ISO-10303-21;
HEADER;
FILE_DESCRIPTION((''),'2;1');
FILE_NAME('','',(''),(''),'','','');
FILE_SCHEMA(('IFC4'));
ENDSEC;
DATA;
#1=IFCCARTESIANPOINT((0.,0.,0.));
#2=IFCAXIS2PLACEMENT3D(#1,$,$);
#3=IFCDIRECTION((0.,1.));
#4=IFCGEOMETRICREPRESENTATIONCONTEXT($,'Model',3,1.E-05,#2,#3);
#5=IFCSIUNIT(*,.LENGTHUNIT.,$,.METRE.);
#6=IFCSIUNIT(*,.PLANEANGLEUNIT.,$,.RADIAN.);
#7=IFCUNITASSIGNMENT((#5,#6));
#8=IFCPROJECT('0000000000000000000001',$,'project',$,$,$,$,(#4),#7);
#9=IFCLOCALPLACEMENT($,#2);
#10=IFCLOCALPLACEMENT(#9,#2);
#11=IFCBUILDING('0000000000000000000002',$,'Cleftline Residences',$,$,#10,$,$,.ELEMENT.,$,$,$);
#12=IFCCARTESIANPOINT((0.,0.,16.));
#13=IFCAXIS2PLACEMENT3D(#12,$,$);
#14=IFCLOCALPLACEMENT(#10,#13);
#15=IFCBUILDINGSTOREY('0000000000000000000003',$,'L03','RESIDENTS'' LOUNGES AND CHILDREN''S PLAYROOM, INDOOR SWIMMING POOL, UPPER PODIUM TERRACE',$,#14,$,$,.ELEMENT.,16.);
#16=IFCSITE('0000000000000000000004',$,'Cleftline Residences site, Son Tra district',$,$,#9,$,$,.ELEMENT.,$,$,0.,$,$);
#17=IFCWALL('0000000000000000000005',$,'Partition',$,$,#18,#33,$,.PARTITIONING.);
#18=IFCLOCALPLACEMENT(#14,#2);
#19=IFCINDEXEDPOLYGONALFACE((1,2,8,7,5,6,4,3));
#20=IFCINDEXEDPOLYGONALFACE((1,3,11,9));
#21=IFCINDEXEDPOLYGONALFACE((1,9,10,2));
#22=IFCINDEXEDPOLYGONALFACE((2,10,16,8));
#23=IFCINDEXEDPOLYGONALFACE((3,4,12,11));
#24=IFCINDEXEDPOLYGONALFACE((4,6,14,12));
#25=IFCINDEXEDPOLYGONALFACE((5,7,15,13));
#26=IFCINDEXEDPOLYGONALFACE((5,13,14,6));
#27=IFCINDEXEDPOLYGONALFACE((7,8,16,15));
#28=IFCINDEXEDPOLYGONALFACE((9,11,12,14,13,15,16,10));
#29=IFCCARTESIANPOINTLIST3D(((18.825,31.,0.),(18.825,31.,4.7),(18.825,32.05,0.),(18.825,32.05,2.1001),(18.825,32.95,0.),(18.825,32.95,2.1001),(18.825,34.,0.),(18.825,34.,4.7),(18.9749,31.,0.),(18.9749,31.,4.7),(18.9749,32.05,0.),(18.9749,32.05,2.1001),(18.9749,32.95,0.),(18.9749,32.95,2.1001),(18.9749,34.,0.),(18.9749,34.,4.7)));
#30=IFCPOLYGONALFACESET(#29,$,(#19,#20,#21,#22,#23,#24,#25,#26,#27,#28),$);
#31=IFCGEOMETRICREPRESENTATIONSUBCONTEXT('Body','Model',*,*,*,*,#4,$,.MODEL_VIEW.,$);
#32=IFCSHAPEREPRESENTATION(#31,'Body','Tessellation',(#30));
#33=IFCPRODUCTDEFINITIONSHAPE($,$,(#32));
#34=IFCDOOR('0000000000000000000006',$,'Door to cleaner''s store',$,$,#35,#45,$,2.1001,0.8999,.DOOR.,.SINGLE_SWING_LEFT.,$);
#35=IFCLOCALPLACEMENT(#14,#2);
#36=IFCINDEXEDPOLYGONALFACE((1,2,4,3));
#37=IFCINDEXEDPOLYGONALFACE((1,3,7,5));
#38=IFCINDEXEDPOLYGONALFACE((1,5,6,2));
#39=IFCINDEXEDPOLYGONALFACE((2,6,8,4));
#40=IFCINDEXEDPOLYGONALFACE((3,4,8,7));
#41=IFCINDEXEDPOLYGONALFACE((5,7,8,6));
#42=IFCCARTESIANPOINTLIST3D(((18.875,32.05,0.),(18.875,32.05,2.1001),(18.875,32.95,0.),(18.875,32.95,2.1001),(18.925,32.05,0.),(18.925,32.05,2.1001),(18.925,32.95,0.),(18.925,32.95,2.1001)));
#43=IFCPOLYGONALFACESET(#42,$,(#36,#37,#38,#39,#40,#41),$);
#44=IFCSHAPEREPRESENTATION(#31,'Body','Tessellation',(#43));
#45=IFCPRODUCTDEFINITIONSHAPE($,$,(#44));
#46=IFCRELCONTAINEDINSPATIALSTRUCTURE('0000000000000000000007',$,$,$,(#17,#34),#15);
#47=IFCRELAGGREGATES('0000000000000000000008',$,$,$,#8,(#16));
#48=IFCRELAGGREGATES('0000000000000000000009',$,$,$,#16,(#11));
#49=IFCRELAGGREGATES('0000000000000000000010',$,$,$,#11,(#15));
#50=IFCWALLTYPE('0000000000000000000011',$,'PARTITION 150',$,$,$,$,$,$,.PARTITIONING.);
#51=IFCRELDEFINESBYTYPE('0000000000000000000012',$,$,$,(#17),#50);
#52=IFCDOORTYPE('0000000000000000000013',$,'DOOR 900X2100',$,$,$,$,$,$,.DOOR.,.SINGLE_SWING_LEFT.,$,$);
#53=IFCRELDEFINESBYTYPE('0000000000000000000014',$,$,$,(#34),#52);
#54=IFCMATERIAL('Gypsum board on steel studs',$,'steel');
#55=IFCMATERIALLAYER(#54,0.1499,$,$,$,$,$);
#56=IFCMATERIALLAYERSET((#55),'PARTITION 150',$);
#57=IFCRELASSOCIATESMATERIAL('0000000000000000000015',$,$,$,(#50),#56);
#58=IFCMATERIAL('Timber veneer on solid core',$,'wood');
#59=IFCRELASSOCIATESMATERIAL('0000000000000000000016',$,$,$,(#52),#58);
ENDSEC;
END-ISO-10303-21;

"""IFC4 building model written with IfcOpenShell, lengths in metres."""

from ifc_helpers import new_model, si_unit, direction, frame, frame_2d, origin, place, context, subcontext, project, spatial, rectangle, extrude, material, layer, layer_set, type_object, element, fill, save


model = new_model("IFC4")

# Units and contexts
model_context = context("Model", 3, precision=1e-05, world=origin(), true_north=direction((0.0, 1.0)))
body_context = subcontext(model_context, "Body", "Model", "MODEL_VIEW")
ifc_project = project(units=[si_unit("LENGTHUNIT", "METRE"), si_unit("PLANEANGLEUNIT", "RADIAN")], contexts=[model_context])

# Site, building, storey
site_placement = place(None, origin())
site = spatial("IfcSite", under=ifc_project, at=site_placement, Name="Cleftline Residences site, Son Tra district", CompositionType="ELEMENT", RefElevation=0.0)
building_placement = place(site_placement, origin())
building = spatial("IfcBuilding", under=site, at=building_placement, Name="Cleftline Residences", CompositionType="ELEMENT")
storey_placement = place(building_placement, frame((0.0, 0.0, 16.0)))
storey = spatial("IfcBuildingStorey", under=building, at=storey_placement, Name="L03", Description="RESIDENTS' LOUNGES AND CHILDREN'S PLAYROOM, INDOOR SWIMMING POOL, UPPER PODIUM TERRACE", CompositionType="ELEMENT", Elevation=16.0)

# Wall, opening, door
ifc_material_1 = material(Name="Gypsum board on steel studs", Category="steel")
ifc_layer_1 = layer(ifc_material_1, 0.1499)
ifc_layer_set_1 = layer_set([ifc_layer_1], Name="PARTITION 150")
wall_type_1 = type_object("IfcWallType", Name="PARTITION 150", PredefinedType="PARTITIONING", material=ifc_layer_set_1)
wall_1_placement = place(storey_placement, frame((18.8999, 31.0, 0.0), z_axis=(0.0, 0.0, 1.0), x_axis=(0.0, 1.0, 0.0)))
wall_1 = element("IfcWall", 1, at=wall_1_placement, inside=storey, type_object=wall_type_1, Name="Partition", PredefinedType="PARTITIONING", context=body_context, shape_type="SweptSolid", body=[
    extrude(rectangle(XDim=3.0, YDim=0.1499, at=frame_2d((1.5, 0.0))), origin(), (0.0, 0.0, 1.0), 4.7),
])
opening_placement = place(wall_1_placement, frame((1.05, 0.0, 0.0)))
opening = element("IfcOpeningElement", 2, at=opening_placement, cuts=wall_1, PredefinedType="OPENING", context=body_context, shape_type="SweptSolid", body=[
    extrude(rectangle(XDim=0.8999, YDim=2.1001, at=frame_2d((0.45, 1.05))), frame((0.0, 0.085, 0.0), z_axis=(0.0, -1.0, 0.0), x_axis=(1.0, 0.0, 0.0)), (0.0, 0.0, 1.0), 0.1699),
])
ifc_material_2 = material(Name="Timber veneer on solid core", Category="wood")
door_type = type_object("IfcDoorType", Name="DOOR 900X2100", OperationType="SINGLE_SWING_LEFT", PredefinedType="DOOR", material=ifc_material_2)
door_placement = place(opening_placement, origin())
door = element("IfcDoor", 3, at=door_placement, inside=storey, type_object=door_type, Name="Door to cleaner's store", OperationType="SINGLE_SWING_LEFT", OverallHeight=2.1001, OverallWidth=0.8999, PredefinedType="DOOR", context=body_context, shape_type="SweptSolid", body=[
    extrude(rectangle(XDim=0.8999, YDim=2.1001, at=frame_2d((0.45, 1.05))), frame((0.0, 0.0249, 0.0), z_axis=(0.0, -1.0, 0.0), x_axis=(1.0, 0.0, 0.0)), (0.0, 0.0, 1.0), 0.05),
])
fill(opening, door)

save(model, "model.ifc")
